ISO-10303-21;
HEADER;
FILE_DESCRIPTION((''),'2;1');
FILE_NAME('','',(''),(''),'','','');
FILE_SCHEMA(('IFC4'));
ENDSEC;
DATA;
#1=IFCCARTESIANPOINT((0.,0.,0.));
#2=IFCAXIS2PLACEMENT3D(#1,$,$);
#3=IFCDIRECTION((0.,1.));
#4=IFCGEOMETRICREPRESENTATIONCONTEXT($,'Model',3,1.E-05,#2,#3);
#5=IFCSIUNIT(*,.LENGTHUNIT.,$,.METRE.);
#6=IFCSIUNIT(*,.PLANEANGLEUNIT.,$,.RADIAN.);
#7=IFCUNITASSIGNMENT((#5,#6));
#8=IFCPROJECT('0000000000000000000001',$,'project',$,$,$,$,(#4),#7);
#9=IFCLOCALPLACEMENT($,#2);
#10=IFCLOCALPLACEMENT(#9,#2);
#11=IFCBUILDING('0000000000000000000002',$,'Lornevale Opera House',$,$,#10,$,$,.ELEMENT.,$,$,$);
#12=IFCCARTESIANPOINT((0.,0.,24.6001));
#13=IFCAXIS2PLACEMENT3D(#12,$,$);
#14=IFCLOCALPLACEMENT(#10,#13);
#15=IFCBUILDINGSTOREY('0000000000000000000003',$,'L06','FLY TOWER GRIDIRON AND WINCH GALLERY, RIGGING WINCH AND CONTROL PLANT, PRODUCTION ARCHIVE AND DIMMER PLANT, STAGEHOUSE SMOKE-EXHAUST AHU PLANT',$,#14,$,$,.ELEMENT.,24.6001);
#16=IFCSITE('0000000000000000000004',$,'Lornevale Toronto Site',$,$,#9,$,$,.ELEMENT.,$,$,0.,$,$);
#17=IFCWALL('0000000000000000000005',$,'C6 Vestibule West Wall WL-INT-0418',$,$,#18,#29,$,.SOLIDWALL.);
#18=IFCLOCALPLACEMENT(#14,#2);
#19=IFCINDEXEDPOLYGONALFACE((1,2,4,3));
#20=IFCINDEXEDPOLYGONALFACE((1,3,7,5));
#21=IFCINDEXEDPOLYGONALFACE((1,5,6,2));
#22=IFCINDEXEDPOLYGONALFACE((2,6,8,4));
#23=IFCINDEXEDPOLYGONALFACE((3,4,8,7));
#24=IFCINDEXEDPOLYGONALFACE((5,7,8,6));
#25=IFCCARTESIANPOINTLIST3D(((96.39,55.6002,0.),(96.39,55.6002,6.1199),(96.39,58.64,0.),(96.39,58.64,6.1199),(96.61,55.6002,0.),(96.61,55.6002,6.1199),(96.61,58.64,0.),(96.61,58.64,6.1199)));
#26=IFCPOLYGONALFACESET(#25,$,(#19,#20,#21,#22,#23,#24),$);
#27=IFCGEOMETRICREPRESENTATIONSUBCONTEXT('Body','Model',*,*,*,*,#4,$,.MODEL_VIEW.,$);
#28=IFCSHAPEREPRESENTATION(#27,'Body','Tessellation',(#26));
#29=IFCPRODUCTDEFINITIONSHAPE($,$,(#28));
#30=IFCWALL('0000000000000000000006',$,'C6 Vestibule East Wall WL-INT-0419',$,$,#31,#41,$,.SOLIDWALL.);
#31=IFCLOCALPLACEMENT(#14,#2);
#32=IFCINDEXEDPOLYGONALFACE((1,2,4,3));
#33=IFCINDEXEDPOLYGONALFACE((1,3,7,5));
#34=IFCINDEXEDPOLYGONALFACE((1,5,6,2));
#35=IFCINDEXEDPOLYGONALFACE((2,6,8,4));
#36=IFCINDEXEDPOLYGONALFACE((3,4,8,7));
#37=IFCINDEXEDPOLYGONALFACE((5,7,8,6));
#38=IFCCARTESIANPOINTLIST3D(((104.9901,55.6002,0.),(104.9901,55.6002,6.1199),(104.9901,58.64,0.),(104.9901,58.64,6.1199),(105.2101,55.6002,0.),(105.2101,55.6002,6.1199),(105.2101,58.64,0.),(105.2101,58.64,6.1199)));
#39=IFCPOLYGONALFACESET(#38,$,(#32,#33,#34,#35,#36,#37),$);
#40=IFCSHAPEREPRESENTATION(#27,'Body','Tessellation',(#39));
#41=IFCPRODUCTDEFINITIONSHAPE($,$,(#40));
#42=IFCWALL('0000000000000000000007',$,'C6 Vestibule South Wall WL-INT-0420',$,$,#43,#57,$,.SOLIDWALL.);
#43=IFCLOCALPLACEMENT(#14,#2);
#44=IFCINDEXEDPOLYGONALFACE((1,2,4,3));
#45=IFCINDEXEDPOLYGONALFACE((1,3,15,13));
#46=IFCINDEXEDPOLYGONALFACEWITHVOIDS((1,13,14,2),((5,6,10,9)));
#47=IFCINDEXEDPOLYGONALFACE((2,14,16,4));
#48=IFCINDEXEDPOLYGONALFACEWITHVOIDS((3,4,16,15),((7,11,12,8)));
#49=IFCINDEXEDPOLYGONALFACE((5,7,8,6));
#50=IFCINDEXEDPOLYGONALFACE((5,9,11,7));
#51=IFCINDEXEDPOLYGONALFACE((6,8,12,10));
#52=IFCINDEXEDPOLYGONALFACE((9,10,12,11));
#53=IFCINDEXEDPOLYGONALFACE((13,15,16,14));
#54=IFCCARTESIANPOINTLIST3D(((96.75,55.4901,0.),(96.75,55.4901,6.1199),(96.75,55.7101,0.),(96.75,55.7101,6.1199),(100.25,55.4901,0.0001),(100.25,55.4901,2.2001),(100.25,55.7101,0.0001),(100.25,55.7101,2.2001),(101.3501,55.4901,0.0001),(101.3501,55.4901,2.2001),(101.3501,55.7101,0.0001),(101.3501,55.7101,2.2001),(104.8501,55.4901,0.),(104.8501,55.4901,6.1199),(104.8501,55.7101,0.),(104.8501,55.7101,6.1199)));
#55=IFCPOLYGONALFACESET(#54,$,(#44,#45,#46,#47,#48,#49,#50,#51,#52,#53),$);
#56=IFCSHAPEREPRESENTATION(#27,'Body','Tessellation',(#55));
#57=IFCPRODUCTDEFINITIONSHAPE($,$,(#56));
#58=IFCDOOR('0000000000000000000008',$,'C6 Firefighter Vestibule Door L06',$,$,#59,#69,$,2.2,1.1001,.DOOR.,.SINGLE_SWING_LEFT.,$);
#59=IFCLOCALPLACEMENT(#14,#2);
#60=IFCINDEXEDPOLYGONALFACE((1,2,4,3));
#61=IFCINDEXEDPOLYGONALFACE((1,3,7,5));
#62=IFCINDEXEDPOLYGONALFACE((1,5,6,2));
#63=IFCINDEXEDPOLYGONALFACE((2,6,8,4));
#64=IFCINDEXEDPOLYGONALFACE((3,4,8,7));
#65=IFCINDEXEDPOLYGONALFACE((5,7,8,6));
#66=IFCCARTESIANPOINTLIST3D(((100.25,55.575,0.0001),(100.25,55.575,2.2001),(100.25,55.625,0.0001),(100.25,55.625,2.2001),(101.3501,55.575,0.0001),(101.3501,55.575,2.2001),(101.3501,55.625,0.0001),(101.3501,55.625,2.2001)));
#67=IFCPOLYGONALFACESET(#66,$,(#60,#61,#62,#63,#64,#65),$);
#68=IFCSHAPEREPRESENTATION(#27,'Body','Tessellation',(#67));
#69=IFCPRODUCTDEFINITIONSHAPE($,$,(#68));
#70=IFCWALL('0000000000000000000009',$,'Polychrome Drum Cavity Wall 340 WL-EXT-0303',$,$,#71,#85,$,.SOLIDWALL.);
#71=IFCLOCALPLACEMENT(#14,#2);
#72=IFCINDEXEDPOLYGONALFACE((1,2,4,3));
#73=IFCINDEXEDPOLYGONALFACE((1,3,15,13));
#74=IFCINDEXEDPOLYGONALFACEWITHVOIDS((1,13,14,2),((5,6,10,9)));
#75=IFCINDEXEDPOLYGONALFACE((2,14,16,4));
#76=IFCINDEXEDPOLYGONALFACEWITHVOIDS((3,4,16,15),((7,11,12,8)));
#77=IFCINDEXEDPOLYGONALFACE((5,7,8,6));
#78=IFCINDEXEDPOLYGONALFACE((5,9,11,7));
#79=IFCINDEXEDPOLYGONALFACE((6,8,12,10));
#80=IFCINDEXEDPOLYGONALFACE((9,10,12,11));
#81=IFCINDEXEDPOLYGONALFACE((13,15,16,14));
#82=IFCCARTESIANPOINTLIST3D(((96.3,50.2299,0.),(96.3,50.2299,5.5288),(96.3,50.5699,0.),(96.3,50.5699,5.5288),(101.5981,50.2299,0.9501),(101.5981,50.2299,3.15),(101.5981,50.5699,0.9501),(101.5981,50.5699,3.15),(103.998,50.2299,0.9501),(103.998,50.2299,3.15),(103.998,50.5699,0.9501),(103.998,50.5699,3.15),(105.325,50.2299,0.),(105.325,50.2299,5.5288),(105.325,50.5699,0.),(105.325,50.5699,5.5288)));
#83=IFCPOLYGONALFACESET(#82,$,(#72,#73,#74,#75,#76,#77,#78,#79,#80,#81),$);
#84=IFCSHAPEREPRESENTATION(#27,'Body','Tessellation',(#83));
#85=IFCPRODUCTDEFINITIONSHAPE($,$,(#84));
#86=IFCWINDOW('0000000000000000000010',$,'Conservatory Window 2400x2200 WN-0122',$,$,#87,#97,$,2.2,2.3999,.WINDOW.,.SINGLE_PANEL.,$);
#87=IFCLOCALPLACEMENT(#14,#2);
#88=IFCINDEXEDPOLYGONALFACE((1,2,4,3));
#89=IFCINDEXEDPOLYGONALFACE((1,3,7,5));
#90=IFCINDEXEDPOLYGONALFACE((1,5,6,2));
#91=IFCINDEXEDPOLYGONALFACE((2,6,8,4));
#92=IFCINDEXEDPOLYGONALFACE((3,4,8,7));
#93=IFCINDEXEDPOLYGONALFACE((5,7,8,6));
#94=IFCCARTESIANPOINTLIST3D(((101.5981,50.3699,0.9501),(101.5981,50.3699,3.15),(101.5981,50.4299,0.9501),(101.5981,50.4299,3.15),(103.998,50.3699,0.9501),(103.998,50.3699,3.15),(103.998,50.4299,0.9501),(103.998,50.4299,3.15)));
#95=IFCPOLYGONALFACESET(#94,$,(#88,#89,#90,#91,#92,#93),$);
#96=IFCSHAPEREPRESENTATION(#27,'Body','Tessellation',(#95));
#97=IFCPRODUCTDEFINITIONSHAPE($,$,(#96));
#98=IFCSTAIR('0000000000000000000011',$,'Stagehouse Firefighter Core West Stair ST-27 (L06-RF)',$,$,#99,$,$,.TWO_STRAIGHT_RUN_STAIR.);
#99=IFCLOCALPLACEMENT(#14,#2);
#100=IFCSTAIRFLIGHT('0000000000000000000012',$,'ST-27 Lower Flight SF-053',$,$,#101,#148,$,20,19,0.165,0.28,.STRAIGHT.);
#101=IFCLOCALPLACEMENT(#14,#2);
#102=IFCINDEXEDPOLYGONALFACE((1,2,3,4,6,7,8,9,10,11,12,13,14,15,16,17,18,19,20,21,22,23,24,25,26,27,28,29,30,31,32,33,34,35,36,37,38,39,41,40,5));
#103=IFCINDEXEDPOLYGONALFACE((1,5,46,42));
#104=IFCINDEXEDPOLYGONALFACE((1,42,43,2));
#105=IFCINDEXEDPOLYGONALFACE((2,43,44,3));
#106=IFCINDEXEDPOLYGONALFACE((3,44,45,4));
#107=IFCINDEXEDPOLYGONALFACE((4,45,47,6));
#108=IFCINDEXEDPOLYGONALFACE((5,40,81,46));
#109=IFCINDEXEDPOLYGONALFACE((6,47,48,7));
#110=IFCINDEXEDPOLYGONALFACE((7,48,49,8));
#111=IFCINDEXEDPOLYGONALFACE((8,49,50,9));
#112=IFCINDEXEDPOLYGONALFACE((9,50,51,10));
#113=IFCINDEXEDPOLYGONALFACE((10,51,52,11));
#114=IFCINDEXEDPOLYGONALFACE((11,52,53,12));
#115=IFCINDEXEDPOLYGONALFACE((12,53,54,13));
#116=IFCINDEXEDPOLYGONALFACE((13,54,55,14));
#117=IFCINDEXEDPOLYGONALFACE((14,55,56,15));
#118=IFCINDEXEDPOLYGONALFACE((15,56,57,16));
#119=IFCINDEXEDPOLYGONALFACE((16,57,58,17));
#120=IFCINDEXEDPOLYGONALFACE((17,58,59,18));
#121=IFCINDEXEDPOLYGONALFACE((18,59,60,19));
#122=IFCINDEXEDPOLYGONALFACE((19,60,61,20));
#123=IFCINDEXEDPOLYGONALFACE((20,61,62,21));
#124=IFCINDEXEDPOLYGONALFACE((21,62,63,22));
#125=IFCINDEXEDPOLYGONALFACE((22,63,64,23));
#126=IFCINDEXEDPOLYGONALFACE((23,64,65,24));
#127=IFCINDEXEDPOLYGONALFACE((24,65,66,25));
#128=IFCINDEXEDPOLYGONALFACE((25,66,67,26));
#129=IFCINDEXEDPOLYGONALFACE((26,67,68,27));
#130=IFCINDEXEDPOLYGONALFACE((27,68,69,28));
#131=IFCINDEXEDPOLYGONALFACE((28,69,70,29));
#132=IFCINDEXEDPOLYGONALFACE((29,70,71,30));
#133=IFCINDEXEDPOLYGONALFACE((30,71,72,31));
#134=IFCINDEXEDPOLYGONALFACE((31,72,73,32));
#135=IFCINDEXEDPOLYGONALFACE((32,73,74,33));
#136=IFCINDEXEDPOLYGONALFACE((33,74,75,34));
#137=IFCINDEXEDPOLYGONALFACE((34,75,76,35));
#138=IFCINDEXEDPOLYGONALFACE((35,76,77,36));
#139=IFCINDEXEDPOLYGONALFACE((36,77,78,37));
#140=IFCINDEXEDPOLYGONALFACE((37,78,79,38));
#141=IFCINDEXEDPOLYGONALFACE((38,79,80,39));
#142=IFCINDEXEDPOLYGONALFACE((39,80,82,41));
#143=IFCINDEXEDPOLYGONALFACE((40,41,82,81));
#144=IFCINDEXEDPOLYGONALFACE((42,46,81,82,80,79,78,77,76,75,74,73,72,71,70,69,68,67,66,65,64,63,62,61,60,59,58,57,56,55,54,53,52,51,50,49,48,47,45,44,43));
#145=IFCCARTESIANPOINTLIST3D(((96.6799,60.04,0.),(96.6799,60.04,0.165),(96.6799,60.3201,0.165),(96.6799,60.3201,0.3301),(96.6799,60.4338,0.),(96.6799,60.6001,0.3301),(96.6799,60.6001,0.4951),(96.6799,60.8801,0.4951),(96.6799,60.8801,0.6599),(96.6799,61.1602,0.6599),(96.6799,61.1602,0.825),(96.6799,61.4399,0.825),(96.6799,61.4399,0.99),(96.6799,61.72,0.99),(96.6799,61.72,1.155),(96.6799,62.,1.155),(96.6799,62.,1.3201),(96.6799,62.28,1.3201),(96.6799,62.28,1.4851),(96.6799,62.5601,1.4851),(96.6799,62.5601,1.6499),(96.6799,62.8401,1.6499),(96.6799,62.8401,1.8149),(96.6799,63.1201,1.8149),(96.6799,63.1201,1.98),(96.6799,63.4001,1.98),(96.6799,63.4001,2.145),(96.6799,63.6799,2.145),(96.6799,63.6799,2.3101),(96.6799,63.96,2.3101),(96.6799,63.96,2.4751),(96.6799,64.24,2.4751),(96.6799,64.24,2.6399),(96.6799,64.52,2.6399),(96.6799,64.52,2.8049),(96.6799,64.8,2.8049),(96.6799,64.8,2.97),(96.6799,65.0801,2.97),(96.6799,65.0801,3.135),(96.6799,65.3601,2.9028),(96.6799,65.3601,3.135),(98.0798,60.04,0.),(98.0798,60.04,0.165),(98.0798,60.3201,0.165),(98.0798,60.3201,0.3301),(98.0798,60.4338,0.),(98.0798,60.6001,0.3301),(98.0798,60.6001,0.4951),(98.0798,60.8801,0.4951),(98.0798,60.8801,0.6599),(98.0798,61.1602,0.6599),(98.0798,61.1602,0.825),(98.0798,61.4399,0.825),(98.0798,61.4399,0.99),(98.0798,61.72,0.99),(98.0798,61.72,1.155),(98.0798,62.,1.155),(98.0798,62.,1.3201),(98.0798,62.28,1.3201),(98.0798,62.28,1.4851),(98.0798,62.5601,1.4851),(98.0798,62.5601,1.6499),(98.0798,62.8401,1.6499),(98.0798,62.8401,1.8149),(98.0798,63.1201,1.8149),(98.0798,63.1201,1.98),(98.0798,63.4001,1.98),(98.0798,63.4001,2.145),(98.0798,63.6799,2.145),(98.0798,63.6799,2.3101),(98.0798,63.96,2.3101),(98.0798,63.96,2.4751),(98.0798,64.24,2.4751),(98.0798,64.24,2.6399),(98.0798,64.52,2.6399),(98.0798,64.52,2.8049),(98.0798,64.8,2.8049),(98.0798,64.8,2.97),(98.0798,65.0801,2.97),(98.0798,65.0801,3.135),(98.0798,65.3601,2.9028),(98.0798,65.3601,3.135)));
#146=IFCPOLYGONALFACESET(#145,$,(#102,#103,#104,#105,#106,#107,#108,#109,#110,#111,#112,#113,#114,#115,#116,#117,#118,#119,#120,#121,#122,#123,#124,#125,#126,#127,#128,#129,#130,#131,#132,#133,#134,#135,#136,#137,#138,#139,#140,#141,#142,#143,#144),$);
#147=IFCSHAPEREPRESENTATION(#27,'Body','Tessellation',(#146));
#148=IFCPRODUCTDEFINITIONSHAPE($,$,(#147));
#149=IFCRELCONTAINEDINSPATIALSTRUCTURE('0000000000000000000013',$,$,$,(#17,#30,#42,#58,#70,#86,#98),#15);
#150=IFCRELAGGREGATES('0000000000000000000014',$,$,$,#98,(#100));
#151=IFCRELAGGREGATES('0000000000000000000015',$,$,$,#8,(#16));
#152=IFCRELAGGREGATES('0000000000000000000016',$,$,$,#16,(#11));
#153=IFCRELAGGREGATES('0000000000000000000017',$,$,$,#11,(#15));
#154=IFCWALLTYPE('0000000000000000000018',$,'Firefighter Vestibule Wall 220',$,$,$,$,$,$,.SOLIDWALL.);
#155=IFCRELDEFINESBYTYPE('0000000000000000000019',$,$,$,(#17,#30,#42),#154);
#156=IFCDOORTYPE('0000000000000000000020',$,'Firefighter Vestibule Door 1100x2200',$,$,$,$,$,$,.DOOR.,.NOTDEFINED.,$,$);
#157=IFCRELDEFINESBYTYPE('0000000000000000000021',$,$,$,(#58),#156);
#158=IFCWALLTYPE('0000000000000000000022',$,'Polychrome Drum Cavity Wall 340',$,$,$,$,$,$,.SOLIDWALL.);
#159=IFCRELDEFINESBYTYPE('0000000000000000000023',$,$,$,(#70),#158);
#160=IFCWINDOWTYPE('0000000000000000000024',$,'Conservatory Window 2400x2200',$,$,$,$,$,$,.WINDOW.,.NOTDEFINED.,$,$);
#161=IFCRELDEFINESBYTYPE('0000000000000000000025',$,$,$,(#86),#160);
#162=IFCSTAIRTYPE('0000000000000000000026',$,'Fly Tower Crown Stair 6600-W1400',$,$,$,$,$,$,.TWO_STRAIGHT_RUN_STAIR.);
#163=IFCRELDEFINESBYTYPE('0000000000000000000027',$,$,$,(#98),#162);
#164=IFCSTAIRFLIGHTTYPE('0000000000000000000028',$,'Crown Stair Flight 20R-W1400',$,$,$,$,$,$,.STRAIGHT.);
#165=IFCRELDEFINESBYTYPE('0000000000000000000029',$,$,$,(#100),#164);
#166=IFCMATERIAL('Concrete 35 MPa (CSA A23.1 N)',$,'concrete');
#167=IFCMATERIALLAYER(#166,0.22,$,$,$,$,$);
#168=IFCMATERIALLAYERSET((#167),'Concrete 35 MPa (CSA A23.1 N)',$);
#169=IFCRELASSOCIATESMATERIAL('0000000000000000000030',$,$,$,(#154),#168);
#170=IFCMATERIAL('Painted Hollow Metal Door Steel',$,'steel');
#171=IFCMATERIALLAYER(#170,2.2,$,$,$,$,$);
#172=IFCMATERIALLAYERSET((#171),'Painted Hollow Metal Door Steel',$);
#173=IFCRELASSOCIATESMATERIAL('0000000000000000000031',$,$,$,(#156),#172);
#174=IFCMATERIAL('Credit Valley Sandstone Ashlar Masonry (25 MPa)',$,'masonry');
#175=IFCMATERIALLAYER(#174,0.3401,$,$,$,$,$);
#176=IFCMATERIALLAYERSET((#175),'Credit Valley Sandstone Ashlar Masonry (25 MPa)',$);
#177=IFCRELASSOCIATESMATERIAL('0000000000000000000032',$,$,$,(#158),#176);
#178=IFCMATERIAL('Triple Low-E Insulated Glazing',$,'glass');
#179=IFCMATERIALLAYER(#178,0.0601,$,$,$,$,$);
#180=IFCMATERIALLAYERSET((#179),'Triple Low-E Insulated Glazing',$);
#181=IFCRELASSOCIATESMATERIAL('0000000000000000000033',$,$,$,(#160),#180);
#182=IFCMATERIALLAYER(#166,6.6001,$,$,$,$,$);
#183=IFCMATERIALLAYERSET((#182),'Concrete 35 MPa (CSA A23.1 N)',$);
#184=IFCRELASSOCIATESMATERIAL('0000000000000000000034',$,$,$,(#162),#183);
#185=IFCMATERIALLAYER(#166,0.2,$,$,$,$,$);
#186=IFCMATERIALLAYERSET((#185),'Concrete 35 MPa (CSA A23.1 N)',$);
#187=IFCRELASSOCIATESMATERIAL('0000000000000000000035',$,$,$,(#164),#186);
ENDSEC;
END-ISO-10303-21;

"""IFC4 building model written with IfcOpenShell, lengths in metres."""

from ifc_helpers import new_model, si_unit, direction, frame, frame_2d, origin, place, context, subcontext, project, spatial, polyline, rectangle, outline, extrude, material, layer, layer_set, type_object, element, fill, aggregate, save


model = new_model("IFC4")

# Units and contexts
model_context = context("Model", 3, precision=1e-05, world=origin(), true_north=direction((0.0, 1.0)))
body_context = subcontext(model_context, "Body", "Model", "MODEL_VIEW")
ifc_project = project(units=[si_unit("LENGTHUNIT", "METRE"), si_unit("PLANEANGLEUNIT", "RADIAN")], contexts=[model_context])

# Site, building, storey
site_placement = place(None, origin())
site = spatial("IfcSite", under=ifc_project, at=site_placement, Name="Lornevale Toronto Site", CompositionType="ELEMENT", RefElevation=0.0)
building_placement = place(site_placement, origin())
building = spatial("IfcBuilding", under=site, at=building_placement, Name="Lornevale Opera House", CompositionType="ELEMENT")
storey_placement = place(building_placement, frame((0.0, 0.0, 24.6001)))
storey = spatial("IfcBuildingStorey", under=building, at=storey_placement, Name="L06", Description="FLY TOWER GRIDIRON AND WINCH GALLERY, RIGGING WINCH AND CONTROL PLANT, PRODUCTION ARCHIVE AND DIMMER PLANT, STAGEHOUSE SMOKE-EXHAUST AHU PLANT", CompositionType="ELEMENT", Elevation=24.6001)

# Shared definitions
ifc_material_1 = material(Name="Concrete 35 MPa (CSA A23.1 N)", Category="concrete")

# Shared definitions
ifc_material_2 = material(Name="Painted Hollow Metal Door Steel", Category="steel")

# Walls
ifc_layer_1 = layer(ifc_material_1, 0.22)
ifc_layer_set_1 = layer_set([ifc_layer_1], Name="Concrete 35 MPa (CSA A23.1 N)")
wall_type_1 = type_object("IfcWallType", Name="Firefighter Vestibule Wall 220", PredefinedType="SOLIDWALL", material=ifc_layer_set_1)
for number, where, z_axis, x_axis, name in (
    (1, (96.5, 55.6001, 0.0), (0.0, 0.0, 1.0), (0.0, 1.0, 0.0), "C6 Vestibule West Wall WL-INT-0418"),
    (2, (105.1001, 55.6001, 0.0), (0.0, 0.0, 1.0), (0.0, 1.0, 0.0), "C6 Vestibule East Wall WL-INT-0419"),
):
    element("IfcWall", number, at=place(storey_placement, frame(where, z_axis=z_axis, x_axis=x_axis)), inside=storey, type_object=wall_type_1, Name=name, PredefinedType="SOLIDWALL", context=body_context, shape_type="SweptSolid", body=[
        extrude(rectangle(XDim=3.0398, YDim=0.22, at=frame_2d((1.52, 0.0))), origin(), (0.0, 0.0, 1.0), 6.1199),
    ])

# Wall, opening, door
wall_1_placement = place(storey_placement, frame((96.75, 55.6001, 0.0), z_axis=(0.0, 0.0, 1.0), x_axis=(1.0, 0.0, 0.0)))
wall_1 = element("IfcWall", 3, at=wall_1_placement, inside=storey, type_object=wall_type_1, Name="C6 Vestibule South Wall WL-INT-0420", PredefinedType="SOLIDWALL", context=body_context, shape_type="SweptSolid", body=[
    extrude(rectangle(XDim=8.1001, YDim=0.22, at=frame_2d((4.05, 0.0))), origin(), (0.0, 0.0, 1.0), 6.1199),
])
opening_1_placement = place(wall_1_placement, frame((3.5, 0.0, 0.0)))
opening_1 = element("IfcOpeningElement", 4, at=opening_1_placement, cuts=wall_1, PredefinedType="OPENING", context=body_context, shape_type="SweptSolid", body=[
    extrude(rectangle(XDim=1.1001, YDim=2.2, at=frame_2d((0.55, 1.1001))), frame((0.0, 0.1199, 0.0), z_axis=(0.0, -1.0, 0.0), x_axis=(1.0, 0.0, 0.0)), (0.0, 0.0, 1.0), 0.24),
])
ifc_layer_2 = layer(ifc_material_2, 2.2)
ifc_layer_set_2 = layer_set([ifc_layer_2], Name="Painted Hollow Metal Door Steel")
door_type_1 = type_object("IfcDoorType", Name="Firefighter Vestibule Door 1100x2200", OperationType="NOTDEFINED", PredefinedType="DOOR", material=ifc_layer_set_2)
door_1_placement = place(opening_1_placement, origin())
door_1 = element("IfcDoor", 5, at=door_1_placement, inside=storey, type_object=door_type_1, Name="C6 Firefighter Vestibule Door L06", OperationType="SINGLE_SWING_LEFT", OverallHeight=2.2, OverallWidth=1.1001, PredefinedType="DOOR", context=body_context, shape_type="SweptSolid", body=[
    extrude(rectangle(XDim=1.1001, YDim=2.2, at=frame_2d((0.55, 1.1001))), frame((0.0, 0.0249, 0.0), z_axis=(0.0, -1.0, 0.0), x_axis=(1.0, 0.0, 0.0)), (0.0, 0.0, 1.0), 0.05),
])
fill(opening_1, door_1)

# Wall, opening, window
ifc_material_3 = material(Name="Credit Valley Sandstone Ashlar Masonry (25 MPa)", Category="masonry")
ifc_layer_3 = layer(ifc_material_3, 0.3401)
ifc_layer_set_3 = layer_set([ifc_layer_3], Name="Credit Valley Sandstone Ashlar Masonry (25 MPa)")
wall_type_2 = type_object("IfcWallType", Name="Polychrome Drum Cavity Wall 340", PredefinedType="SOLIDWALL", material=ifc_layer_set_3)
wall_2_placement = place(storey_placement, frame((105.325, 50.3999, 0.0), z_axis=(0.0, 0.0, 1.0), x_axis=(-1.0, 0.0, 0.0)))
wall_2 = element("IfcWall", 6, at=wall_2_placement, inside=storey, type_object=wall_type_2, Name="Polychrome Drum Cavity Wall 340 WL-EXT-0303", PredefinedType="SOLIDWALL", context=body_context, shape_type="SweptSolid", body=[
    extrude(rectangle(XDim=9.0249, YDim=0.3401, at=frame_2d((4.5125, 0.0))), origin(), (0.0, 0.0, 1.0), 5.5288),
])
opening_2_placement = place(wall_2_placement, frame((1.3269, 0.0, 0.95)))
opening_2 = element("IfcOpeningElement", 7, at=opening_2_placement, cuts=wall_2, PredefinedType="OPENING", context=body_context, shape_type="SweptSolid", body=[
    extrude(rectangle(XDim=2.3999, YDim=2.2, at=frame_2d((1.2, 1.1001))), frame((0.0, 0.1799, 0.0), z_axis=(0.0, -1.0, 0.0), x_axis=(1.0, 0.0, 0.0)), (0.0, 0.0, 1.0), 0.3601),
])
ifc_material_4 = material(Name="Triple Low-E Insulated Glazing", Category="glass")
ifc_layer_4 = layer(ifc_material_4, 0.0601)
ifc_layer_set_4 = layer_set([ifc_layer_4], Name="Triple Low-E Insulated Glazing")
window_type = type_object("IfcWindowType", Name="Conservatory Window 2400x2200", PartitioningType="NOTDEFINED", PredefinedType="WINDOW", material=ifc_layer_set_4)
window_placement = place(opening_2_placement, origin())
window = element("IfcWindow", 8, at=window_placement, inside=storey, type_object=window_type, Name="Conservatory Window 2400x2200 WN-0122", OverallHeight=2.2, OverallWidth=2.3999, PartitioningType="SINGLE_PANEL", PredefinedType="WINDOW", context=body_context, shape_type="SweptSolid", body=[
    extrude(rectangle(XDim=2.3999, YDim=2.2, at=frame_2d((1.2, 1.1001))), frame((0.0, 0.03, 0.0), z_axis=(0.0, -1.0, 0.0), x_axis=(1.0, 0.0, 0.0)), (0.0, 0.0, 1.0), 0.0601),
])
fill(opening_2, window)

# Stair, stair flight
ifc_layer_5 = layer(ifc_material_1, 6.6001)
ifc_layer_set_5 = layer_set([ifc_layer_5], Name="Concrete 35 MPa (CSA A23.1 N)")
stair_type = type_object("IfcStairType", Name="Fly Tower Crown Stair 6600-W1400", PredefinedType="TWO_STRAIGHT_RUN_STAIR", material=ifc_layer_set_5)
stair_placement = place(storey_placement, origin())
stair = element("IfcStair", 9, at=stair_placement, inside=storey, type_object=stair_type, Name="Stagehouse Firefighter Core West Stair ST-27 (L06-RF)", PredefinedType="TWO_STRAIGHT_RUN_STAIR")
ifc_layer_6 = layer(ifc_material_1, 0.2)
ifc_layer_set_6 = layer_set([ifc_layer_6], Name="Concrete 35 MPa (CSA A23.1 N)")
stair_flight_type = type_object("IfcStairFlightType", Name="Crown Stair Flight 20R-W1400", PredefinedType="STRAIGHT", material=ifc_layer_set_6)
stair_flight_placement = place(storey_placement, frame((97.3799, 60.04, 0.0), z_axis=(0.0, 0.0, 1.0), x_axis=(0.0, 1.0, 0.0)))
stair_flight = element("IfcStairFlight", 10, at=stair_flight_placement, type_object=stair_flight_type, Name="ST-27 Lower Flight SF-053", NumberOfRisers=20, NumberOfTreads=19, PredefinedType="STRAIGHT", RiserHeight=0.165, TreadLength=0.28, context=body_context, shape_type="SweptSolid", body=[
    extrude(outline(polyline([(0.0, 0.0), (0.0, 0.165), (0.28, 0.165), (0.28, 0.3301), (0.5601, 0.3301), (0.5601, 0.4951), (0.8401, 0.4951), (0.8401, 0.6599), (1.1201, 0.6599), (1.1201, 0.825), (1.3999, 0.825), (1.3999, 0.99), (1.6799, 0.99), (1.6799, 1.155), (1.96, 1.155), (1.96, 1.3201), (2.24, 1.3201), (2.24, 1.4851), (2.52, 1.4851), (2.52, 1.6499), (2.8, 1.6499), (2.8, 1.8149), (3.0801, 1.8149), (3.0801, 1.98), (3.3601, 1.98), (3.3601, 2.145), (3.6399, 2.145), (3.6399, 2.3101), (3.9199, 2.3101), (3.9199, 2.4751), (4.2, 2.4751), (4.2, 2.6399), (4.48, 2.6399), (4.48, 2.8049), (4.76, 2.8049), (4.76, 2.97), (5.04, 2.97), (5.04, 3.135), (5.3201, 3.135), (5.3201, 2.9028), (0.3938, 0.0), (0.0, 0.0)])), frame((0.0, 0.7, 0.0), z_axis=(0.0, -1.0, 0.0), x_axis=(1.0, 0.0, 0.0)), (0.0, 0.0, 1.0), 1.3999),
])
aggregate(stair, [stair_flight])

save(model, "model.ifc")
